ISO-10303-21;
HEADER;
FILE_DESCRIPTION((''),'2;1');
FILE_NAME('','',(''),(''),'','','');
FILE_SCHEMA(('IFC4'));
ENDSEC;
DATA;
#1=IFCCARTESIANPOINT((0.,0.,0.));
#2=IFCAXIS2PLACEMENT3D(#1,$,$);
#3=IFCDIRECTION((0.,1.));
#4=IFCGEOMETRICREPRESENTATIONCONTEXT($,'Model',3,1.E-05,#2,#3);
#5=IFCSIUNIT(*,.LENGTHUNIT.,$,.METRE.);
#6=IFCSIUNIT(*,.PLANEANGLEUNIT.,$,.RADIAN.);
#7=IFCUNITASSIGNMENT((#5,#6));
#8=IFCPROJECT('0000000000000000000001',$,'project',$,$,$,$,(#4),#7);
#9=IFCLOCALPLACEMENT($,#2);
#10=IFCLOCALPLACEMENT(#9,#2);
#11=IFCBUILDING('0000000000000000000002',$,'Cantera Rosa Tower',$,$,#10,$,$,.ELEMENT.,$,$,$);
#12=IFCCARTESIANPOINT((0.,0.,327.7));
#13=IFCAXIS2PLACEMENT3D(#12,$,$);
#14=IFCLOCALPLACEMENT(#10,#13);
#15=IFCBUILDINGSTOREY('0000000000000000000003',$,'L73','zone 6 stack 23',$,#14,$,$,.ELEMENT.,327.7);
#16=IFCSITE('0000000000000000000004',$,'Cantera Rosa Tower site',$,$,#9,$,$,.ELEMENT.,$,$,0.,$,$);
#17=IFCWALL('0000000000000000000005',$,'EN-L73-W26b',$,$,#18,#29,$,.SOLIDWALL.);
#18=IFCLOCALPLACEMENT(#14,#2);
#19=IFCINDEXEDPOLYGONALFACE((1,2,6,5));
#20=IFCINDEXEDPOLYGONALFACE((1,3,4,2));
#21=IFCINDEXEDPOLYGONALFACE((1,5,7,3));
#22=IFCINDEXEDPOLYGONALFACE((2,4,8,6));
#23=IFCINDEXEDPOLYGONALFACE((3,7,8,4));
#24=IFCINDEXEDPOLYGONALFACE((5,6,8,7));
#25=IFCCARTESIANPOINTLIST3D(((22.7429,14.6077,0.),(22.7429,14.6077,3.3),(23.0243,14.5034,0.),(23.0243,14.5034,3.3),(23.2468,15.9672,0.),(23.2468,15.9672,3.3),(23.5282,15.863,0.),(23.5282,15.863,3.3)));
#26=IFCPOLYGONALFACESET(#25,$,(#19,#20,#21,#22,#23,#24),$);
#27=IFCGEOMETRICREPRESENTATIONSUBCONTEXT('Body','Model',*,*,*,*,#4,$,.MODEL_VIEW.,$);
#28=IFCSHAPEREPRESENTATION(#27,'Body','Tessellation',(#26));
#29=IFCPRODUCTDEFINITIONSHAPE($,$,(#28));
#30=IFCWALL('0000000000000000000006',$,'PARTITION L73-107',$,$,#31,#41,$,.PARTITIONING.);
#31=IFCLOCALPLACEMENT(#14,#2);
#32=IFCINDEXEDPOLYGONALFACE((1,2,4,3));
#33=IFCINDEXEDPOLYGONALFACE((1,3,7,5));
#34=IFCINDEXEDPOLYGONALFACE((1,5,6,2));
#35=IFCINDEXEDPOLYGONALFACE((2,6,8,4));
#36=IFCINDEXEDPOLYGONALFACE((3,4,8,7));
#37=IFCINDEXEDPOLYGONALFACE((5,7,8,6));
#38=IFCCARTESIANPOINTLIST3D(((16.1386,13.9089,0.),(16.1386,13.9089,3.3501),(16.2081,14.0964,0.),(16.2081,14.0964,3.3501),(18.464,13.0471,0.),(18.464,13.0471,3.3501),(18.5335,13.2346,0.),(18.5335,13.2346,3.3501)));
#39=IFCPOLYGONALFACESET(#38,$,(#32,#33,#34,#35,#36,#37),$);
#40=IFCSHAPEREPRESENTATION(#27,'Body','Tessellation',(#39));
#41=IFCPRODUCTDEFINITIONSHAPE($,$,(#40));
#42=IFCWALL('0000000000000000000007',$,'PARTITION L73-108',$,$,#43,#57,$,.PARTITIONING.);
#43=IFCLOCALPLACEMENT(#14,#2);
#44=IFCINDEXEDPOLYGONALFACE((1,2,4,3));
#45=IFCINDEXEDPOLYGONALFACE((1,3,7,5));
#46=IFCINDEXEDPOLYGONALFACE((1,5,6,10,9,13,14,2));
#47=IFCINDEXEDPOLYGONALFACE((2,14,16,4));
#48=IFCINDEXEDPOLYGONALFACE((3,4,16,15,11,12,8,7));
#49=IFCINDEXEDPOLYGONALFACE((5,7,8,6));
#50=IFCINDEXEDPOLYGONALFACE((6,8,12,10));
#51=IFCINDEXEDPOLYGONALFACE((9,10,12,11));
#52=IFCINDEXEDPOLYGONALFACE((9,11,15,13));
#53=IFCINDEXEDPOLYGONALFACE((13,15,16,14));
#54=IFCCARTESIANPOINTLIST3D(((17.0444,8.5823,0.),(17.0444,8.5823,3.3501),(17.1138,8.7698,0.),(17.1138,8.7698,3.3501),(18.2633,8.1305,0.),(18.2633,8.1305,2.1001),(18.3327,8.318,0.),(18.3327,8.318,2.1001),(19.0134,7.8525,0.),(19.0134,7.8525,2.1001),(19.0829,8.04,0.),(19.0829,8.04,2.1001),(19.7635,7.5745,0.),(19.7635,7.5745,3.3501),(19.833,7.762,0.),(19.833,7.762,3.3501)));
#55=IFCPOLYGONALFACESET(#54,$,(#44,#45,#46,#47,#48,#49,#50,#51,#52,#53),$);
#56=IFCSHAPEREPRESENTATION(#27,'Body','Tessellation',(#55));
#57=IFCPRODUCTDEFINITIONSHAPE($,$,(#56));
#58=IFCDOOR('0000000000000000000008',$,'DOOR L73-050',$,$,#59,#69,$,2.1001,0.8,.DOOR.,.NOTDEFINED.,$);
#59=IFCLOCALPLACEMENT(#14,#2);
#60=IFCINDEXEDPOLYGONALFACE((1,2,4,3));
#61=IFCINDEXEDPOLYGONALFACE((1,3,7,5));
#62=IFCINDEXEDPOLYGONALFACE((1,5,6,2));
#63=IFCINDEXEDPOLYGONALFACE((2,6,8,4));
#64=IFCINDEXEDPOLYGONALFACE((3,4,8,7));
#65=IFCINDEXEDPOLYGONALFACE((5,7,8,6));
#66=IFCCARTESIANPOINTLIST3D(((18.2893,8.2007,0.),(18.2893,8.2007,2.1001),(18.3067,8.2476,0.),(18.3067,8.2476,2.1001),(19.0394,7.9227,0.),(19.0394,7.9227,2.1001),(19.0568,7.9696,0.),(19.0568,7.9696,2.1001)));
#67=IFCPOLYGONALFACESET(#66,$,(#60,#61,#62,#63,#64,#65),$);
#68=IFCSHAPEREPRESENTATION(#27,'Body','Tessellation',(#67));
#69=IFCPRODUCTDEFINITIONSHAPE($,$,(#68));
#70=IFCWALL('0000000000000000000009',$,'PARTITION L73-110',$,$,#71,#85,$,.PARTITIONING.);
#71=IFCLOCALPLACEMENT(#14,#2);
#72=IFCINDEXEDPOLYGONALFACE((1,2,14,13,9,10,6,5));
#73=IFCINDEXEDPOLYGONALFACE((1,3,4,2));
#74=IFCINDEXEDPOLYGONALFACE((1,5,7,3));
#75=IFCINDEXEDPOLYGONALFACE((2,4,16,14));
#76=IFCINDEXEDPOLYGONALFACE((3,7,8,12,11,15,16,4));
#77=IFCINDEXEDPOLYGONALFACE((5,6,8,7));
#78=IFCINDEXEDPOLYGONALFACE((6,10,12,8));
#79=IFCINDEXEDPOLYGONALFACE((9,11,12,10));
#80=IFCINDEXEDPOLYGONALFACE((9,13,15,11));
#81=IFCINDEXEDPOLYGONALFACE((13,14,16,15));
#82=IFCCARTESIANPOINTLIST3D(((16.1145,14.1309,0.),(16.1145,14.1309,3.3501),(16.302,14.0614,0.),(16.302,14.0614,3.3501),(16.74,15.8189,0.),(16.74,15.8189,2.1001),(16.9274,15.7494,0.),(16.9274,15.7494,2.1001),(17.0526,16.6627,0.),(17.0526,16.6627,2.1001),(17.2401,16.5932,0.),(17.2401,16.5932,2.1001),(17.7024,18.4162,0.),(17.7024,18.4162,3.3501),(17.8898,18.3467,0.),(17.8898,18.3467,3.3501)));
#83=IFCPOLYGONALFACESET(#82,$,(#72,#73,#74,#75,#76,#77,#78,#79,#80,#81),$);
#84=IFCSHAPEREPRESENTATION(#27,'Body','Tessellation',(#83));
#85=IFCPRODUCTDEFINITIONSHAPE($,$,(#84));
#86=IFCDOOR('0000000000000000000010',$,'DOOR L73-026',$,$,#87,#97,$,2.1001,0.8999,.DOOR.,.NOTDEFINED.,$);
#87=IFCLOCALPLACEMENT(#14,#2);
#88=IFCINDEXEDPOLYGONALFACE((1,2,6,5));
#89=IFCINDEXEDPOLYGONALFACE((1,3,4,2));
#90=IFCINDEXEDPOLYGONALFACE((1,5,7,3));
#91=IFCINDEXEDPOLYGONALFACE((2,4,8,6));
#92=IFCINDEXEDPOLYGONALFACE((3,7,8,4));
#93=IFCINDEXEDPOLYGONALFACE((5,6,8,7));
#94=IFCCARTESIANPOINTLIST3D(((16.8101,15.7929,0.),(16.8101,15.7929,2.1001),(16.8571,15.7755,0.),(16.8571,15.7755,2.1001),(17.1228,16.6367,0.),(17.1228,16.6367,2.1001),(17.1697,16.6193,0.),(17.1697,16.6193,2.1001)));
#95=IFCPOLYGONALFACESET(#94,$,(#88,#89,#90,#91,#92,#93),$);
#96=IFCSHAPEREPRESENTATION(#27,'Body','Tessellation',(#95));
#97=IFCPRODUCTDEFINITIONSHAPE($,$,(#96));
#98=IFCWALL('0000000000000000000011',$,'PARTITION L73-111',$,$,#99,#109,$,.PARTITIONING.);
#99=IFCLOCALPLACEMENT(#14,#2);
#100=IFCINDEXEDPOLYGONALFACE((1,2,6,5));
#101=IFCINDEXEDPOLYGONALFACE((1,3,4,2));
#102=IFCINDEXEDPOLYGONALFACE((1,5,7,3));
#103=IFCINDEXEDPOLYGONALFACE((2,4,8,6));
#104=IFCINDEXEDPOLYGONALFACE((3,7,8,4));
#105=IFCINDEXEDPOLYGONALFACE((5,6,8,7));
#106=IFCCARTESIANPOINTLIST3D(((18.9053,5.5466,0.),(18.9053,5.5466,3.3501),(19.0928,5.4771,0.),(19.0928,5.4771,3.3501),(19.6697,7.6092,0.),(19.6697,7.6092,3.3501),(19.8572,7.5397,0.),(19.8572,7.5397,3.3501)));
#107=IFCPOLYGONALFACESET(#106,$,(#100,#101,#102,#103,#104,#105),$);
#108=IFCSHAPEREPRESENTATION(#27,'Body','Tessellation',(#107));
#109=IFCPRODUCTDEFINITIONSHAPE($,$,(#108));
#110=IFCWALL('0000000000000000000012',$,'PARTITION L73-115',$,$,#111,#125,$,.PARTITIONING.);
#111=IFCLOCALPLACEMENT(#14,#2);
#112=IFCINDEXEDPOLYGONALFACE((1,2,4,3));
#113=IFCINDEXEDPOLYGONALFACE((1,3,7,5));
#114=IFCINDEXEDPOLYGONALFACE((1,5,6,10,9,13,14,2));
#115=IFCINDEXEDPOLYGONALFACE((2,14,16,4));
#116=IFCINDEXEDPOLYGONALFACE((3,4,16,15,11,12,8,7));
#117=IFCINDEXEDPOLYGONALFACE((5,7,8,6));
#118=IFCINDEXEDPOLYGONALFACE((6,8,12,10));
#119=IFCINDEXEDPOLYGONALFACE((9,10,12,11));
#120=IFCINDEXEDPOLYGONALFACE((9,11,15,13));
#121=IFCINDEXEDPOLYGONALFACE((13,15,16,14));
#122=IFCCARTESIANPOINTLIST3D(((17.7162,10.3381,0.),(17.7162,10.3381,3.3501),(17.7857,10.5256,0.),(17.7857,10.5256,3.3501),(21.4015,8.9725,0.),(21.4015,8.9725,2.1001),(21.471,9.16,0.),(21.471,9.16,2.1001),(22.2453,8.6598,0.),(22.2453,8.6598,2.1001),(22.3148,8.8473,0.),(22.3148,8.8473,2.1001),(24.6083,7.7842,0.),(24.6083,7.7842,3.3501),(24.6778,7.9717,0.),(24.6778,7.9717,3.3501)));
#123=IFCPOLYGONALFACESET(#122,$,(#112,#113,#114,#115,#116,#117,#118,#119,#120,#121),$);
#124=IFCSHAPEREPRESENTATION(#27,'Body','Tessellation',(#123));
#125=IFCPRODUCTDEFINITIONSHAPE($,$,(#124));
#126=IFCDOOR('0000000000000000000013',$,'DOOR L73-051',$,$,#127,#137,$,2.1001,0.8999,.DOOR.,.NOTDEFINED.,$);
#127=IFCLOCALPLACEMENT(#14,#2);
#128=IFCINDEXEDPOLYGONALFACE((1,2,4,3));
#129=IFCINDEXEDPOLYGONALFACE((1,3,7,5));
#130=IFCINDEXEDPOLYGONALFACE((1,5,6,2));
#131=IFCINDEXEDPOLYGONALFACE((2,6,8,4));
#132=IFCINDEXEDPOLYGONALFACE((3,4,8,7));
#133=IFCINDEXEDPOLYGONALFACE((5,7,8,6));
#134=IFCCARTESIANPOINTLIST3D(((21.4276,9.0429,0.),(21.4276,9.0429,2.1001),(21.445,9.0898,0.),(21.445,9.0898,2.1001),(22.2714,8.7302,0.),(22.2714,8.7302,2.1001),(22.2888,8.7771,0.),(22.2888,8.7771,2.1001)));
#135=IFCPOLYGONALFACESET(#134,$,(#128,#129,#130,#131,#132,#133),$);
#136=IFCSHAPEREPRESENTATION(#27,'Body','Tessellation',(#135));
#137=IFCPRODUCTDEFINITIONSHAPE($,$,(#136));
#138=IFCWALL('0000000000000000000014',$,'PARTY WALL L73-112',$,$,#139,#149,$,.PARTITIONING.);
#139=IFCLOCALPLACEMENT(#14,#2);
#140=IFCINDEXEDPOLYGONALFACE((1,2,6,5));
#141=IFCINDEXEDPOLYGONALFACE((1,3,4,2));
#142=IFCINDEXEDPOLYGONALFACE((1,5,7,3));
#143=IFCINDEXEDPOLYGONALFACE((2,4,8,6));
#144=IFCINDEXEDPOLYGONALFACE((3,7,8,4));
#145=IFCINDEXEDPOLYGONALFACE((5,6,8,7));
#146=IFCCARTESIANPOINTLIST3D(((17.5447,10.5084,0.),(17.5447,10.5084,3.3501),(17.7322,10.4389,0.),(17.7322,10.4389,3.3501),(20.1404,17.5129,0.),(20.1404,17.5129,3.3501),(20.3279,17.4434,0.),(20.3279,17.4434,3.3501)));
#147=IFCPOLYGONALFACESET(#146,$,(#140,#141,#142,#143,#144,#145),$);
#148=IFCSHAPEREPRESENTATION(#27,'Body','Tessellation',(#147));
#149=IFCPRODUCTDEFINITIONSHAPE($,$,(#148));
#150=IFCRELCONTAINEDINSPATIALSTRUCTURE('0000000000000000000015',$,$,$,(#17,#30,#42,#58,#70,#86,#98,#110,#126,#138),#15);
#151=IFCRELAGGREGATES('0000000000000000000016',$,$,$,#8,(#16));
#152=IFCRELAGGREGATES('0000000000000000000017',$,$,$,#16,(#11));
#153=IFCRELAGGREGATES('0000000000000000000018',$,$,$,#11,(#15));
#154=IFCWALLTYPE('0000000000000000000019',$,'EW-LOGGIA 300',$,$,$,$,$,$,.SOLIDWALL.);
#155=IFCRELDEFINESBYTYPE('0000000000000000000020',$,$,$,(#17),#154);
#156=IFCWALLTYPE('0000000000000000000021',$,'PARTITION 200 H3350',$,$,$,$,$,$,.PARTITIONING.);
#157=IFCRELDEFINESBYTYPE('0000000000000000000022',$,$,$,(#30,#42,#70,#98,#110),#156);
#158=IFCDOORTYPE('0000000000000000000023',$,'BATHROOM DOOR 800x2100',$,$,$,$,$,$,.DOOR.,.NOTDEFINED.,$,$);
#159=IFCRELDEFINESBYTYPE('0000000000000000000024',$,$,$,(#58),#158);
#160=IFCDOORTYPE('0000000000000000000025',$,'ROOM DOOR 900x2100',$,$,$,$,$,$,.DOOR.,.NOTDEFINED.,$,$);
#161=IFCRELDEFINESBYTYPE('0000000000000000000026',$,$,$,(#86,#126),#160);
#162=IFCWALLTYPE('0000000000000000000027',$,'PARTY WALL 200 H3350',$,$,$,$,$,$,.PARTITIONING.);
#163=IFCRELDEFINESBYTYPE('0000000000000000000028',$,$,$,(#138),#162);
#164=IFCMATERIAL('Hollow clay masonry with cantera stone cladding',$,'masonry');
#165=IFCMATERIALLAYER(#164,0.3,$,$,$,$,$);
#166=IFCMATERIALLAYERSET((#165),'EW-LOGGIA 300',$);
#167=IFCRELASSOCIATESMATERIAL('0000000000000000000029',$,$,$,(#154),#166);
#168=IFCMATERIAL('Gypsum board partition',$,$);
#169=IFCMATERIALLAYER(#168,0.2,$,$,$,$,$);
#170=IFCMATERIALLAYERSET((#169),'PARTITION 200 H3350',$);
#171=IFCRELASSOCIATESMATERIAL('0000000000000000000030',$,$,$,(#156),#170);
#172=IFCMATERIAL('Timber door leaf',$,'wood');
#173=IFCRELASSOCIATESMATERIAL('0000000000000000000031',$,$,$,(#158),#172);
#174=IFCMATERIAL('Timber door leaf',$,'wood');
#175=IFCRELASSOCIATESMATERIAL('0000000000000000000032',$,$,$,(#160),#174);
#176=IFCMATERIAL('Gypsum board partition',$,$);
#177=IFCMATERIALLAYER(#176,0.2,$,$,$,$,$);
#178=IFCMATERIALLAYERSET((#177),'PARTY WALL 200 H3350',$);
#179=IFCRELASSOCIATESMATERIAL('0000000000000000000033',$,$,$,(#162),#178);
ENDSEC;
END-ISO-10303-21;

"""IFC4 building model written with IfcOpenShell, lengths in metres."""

from ifc_helpers import new_model, si_unit, direction, frame, frame_2d, origin, place, context, subcontext, project, spatial, rectangle, extrude, material, layer, layer_set, type_object, element, fill, save


model = new_model("IFC4")

# Units and contexts
model_context = context("Model", 3, precision=1e-05, world=origin(), true_north=direction((0.0, 1.0)))
body_context = subcontext(model_context, "Body", "Model", "MODEL_VIEW")
ifc_project = project(units=[si_unit("LENGTHUNIT", "METRE"), si_unit("PLANEANGLEUNIT", "RADIAN")], contexts=[model_context])

# Site, building, storey
site_placement = place(None, origin())
site = spatial("IfcSite", under=ifc_project, at=site_placement, Name="Cantera Rosa Tower site", CompositionType="ELEMENT", RefElevation=0.0)
building_placement = place(site_placement, origin())
building = spatial("IfcBuilding", under=site, at=building_placement, Name="Cantera Rosa Tower", CompositionType="ELEMENT")
storey_placement = place(building_placement, frame((0.0, 0.0, 327.7)))
storey = spatial("IfcBuildingStorey", under=building, at=storey_placement, Name="L73", Description="zone 6 stack 23", CompositionType="ELEMENT", Elevation=327.7)

# Wall
ifc_material_1 = material(Name="Hollow clay masonry with cantera stone cladding", Category="masonry")
ifc_layer_1 = layer(ifc_material_1, 0.3)
ifc_layer_set_1 = layer_set([ifc_layer_1], Name="EW-LOGGIA 300")
wall_type_1 = type_object("IfcWallType", Name="EW-LOGGIA 300", PredefinedType="SOLIDWALL", material=ifc_layer_set_1)
wall_1_placement = place(storey_placement, frame((22.8835, 14.5554, 0.0), z_axis=(0.0, 0.0, 1.0), x_axis=(0.347523, 0.937672, 0.0)))
element("IfcWall", 1, at=wall_1_placement, inside=storey, type_object=wall_type_1, Name="EN-L73-W26b", PredefinedType="SOLIDWALL", context=body_context, shape_type="SweptSolid", body=[
    extrude(rectangle(XDim=1.45, YDim=0.3, at=frame_2d((0.7251, 0.0))), origin(), (0.0, 0.0, 1.0), 3.3),
])

# Wall
ifc_material_2 = material(Name="Gypsum board partition")
ifc_layer_2 = layer(ifc_material_2, 0.2)
ifc_layer_set_2 = layer_set([ifc_layer_2], Name="PARTITION 200 H3350")
wall_type_2 = type_object("IfcWallType", Name="PARTITION 200 H3350", PredefinedType="PARTITIONING", material=ifc_layer_set_2)
wall_2_placement = place(storey_placement, frame((16.1733, 14.0027, 0.0), z_axis=(0.0, 0.0, 1.0), x_axis=(0.937677, -0.347507, 0.0)))
element("IfcWall", 2, at=wall_2_placement, inside=storey, type_object=wall_type_2, Name="PARTITION L73-107", PredefinedType="PARTITIONING", context=body_context, shape_type="SweptSolid", body=[
    extrude(rectangle(XDim=2.48, YDim=0.2, at=frame_2d((1.24, 0.0))), origin(), (0.0, 0.0, 1.0), 3.3501),
])

# Walls, openings, doors
wall_3_placement = place(storey_placement, frame((17.0791, 8.676, 0.0), z_axis=(0.0, 0.0, 1.0), x_axis=(0.937672, -0.347523, 0.0)))
wall_3 = element("IfcWall", 3, at=wall_3_placement, inside=storey, type_object=wall_type_2, Name="PARTITION L73-108", PredefinedType="PARTITIONING", context=body_context, shape_type="SweptSolid", body=[
    extrude(rectangle(XDim=2.8999, YDim=0.2, at=frame_2d((1.45, 0.0))), origin(), (0.0, 0.0, 1.0), 3.3501),
])
opening_1_placement = place(wall_3_placement, frame((1.3, 0.0, 0.0)))
opening_1 = element("IfcOpeningElement", 4, at=opening_1_placement, cuts=wall_3, PredefinedType="OPENING", context=body_context, shape_type="SweptSolid", body=[
    extrude(rectangle(XDim=0.8, YDim=2.1001, at=frame_2d((0.3999, 1.05))), frame((0.0, 0.1099, 0.0), z_axis=(0.0, -1.0, 0.0), x_axis=(1.0, 0.0, 0.0)), (0.0, 0.0, 1.0), 0.22),
])
ifc_material_3 = material(Name="Timber door leaf", Category="wood")
door_type_1 = type_object("IfcDoorType", Name="BATHROOM DOOR 800x2100", OperationType="NOTDEFINED", PredefinedType="DOOR", material=ifc_material_3)
door_1_placement = place(opening_1_placement, origin())
door_1 = element("IfcDoor", 5, at=door_1_placement, inside=storey, type_object=door_type_1, Name="DOOR L73-050", OperationType="NOTDEFINED", OverallHeight=2.1001, OverallWidth=0.8, PredefinedType="DOOR", context=body_context, shape_type="SweptSolid", body=[
    extrude(rectangle(XDim=0.8, YDim=2.1001, at=frame_2d((0.3999, 1.05))), frame((0.0, 0.0249, 0.0), z_axis=(0.0, -1.0, 0.0), x_axis=(1.0, 0.0, 0.0)), (0.0, 0.0, 1.0), 0.05),
])
fill(opening_1, door_1)
wall_4_placement = place(storey_placement, frame((17.7961, 18.3816, 0.0), z_axis=(0.0, 0.0, 1.0), x_axis=(-0.34745, -0.937698, 0.0)))
wall_4 = element("IfcWall", 6, at=wall_4_placement, inside=storey, type_object=wall_type_2, Name="PARTITION L73-110", PredefinedType="PARTITIONING", context=body_context, shape_type="SweptSolid", body=[
    extrude(rectangle(XDim=4.5701, YDim=0.2, at=frame_2d((2.2852, 0.0))), origin(), (0.0, 0.0, 1.0), 3.3501),
])
opening_2_placement = place(wall_4_placement, frame((1.8701, 0.0, 0.0)))
opening_2 = element("IfcOpeningElement", 7, at=opening_2_placement, cuts=wall_4, PredefinedType="OPENING", context=body_context, shape_type="SweptSolid", body=[
    extrude(rectangle(XDim=0.8999, YDim=2.1001, at=frame_2d((0.45, 1.05))), frame((0.0, 0.1099, 0.0), z_axis=(0.0, -1.0, 0.0), x_axis=(1.0, 0.0, 0.0)), (0.0, 0.0, 1.0), 0.22),
])
ifc_material_4 = material(Name="Timber door leaf", Category="wood")
door_type_2 = type_object("IfcDoorType", Name="ROOM DOOR 900x2100", OperationType="NOTDEFINED", PredefinedType="DOOR", material=ifc_material_4)
door_2_placement = place(opening_2_placement, origin())
door_2 = element("IfcDoor", 8, at=door_2_placement, inside=storey, type_object=door_type_2, Name="DOOR L73-026", OperationType="NOTDEFINED", OverallHeight=2.1001, OverallWidth=0.8999, PredefinedType="DOOR", context=body_context, shape_type="SweptSolid", body=[
    extrude(rectangle(XDim=0.8999, YDim=2.1001, at=frame_2d((0.45, 1.05))), frame((0.0, 0.0249, 0.0), z_axis=(0.0, -1.0, 0.0), x_axis=(1.0, 0.0, 0.0)), (0.0, 0.0, 1.0), 0.05),
])
fill(opening_2, door_2)

# Wall
wall_5_placement = place(storey_placement, frame((19.7634, 7.5745, 0.0), z_axis=(0.0, 0.0, 1.0), x_axis=(-0.347484, -0.937686, 0.0)))
element("IfcWall", 9, at=wall_5_placement, inside=storey, type_object=wall_type_2, Name="PARTITION L73-111", PredefinedType="PARTITIONING", context=body_context, shape_type="SweptSolid", body=[
    extrude(rectangle(XDim=2.1997, YDim=0.2, at=frame_2d((1.0999, 0.0))), origin(), (0.0, 0.0, 1.0), 3.3501),
])

# Wall, opening, door
wall_6_placement = place(storey_placement, frame((24.6431, 7.8779, 0.0), z_axis=(0.0, 0.0, 1.0), x_axis=(-0.93769, 0.347473, 0.0)))
wall_6 = element("IfcWall", 10, at=wall_6_placement, inside=storey, type_object=wall_type_2, Name="PARTITION L73-115", PredefinedType="PARTITIONING", context=body_context, shape_type="SweptSolid", body=[
    extrude(rectangle(XDim=7.3501, YDim=0.2, at=frame_2d((3.675, 0.0))), origin(), (0.0, 0.0, 1.0), 3.3501),
])
opening_3_placement = place(wall_6_placement, frame((2.52, 0.0, 0.0)))
opening_3 = element("IfcOpeningElement", 11, at=opening_3_placement, cuts=wall_6, PredefinedType="OPENING", context=body_context, shape_type="SweptSolid", body=[
    extrude(rectangle(XDim=0.8999, YDim=2.1001, at=frame_2d((0.45, 1.05))), frame((0.0, 0.1099, 0.0), z_axis=(0.0, -1.0, 0.0), x_axis=(1.0, 0.0, 0.0)), (0.0, 0.0, 1.0), 0.22),
])
door_3_placement = place(opening_3_placement, origin())
door_3 = element("IfcDoor", 12, at=door_3_placement, inside=storey, type_object=door_type_2, Name="DOOR L73-051", OperationType="NOTDEFINED", OverallHeight=2.1001, OverallWidth=0.8999, PredefinedType="DOOR", context=body_context, shape_type="SweptSolid", body=[
    extrude(rectangle(XDim=0.8999, YDim=2.1001, at=frame_2d((0.45, 1.05))), frame((0.0, 0.0249, 0.0), z_axis=(0.0, -1.0, 0.0), x_axis=(1.0, 0.0, 0.0)), (0.0, 0.0, 1.0), 0.05),
])
fill(opening_3, door_3)

# Wall
ifc_material_5 = material(Name="Gypsum board partition")
ifc_layer_3 = layer(ifc_material_5, 0.2)
ifc_layer_set_3 = layer_set([ifc_layer_3], Name="PARTY WALL 200 H3350")
wall_type_3 = type_object("IfcWallType", Name="PARTY WALL 200 H3350", PredefinedType="PARTITIONING", material=ifc_layer_set_3)
wall_7_placement = place(storey_placement, frame((20.2341, 17.478, 0.0), z_axis=(0.0, 0.0, 1.0), x_axis=(-0.347489, -0.937684, 0.0)))
element("IfcWall", 13, at=wall_7_placement, inside=storey, type_object=wall_type_3, Name="PARTY WALL L73-112", PredefinedType="PARTITIONING", context=body_context, shape_type="SweptSolid", body=[
    extrude(rectangle(XDim=7.47, YDim=0.2, at=frame_2d((3.7349, 0.0))), origin(), (0.0, 0.0, 1.0), 3.3501),
])

save(model, "model.ifc")
